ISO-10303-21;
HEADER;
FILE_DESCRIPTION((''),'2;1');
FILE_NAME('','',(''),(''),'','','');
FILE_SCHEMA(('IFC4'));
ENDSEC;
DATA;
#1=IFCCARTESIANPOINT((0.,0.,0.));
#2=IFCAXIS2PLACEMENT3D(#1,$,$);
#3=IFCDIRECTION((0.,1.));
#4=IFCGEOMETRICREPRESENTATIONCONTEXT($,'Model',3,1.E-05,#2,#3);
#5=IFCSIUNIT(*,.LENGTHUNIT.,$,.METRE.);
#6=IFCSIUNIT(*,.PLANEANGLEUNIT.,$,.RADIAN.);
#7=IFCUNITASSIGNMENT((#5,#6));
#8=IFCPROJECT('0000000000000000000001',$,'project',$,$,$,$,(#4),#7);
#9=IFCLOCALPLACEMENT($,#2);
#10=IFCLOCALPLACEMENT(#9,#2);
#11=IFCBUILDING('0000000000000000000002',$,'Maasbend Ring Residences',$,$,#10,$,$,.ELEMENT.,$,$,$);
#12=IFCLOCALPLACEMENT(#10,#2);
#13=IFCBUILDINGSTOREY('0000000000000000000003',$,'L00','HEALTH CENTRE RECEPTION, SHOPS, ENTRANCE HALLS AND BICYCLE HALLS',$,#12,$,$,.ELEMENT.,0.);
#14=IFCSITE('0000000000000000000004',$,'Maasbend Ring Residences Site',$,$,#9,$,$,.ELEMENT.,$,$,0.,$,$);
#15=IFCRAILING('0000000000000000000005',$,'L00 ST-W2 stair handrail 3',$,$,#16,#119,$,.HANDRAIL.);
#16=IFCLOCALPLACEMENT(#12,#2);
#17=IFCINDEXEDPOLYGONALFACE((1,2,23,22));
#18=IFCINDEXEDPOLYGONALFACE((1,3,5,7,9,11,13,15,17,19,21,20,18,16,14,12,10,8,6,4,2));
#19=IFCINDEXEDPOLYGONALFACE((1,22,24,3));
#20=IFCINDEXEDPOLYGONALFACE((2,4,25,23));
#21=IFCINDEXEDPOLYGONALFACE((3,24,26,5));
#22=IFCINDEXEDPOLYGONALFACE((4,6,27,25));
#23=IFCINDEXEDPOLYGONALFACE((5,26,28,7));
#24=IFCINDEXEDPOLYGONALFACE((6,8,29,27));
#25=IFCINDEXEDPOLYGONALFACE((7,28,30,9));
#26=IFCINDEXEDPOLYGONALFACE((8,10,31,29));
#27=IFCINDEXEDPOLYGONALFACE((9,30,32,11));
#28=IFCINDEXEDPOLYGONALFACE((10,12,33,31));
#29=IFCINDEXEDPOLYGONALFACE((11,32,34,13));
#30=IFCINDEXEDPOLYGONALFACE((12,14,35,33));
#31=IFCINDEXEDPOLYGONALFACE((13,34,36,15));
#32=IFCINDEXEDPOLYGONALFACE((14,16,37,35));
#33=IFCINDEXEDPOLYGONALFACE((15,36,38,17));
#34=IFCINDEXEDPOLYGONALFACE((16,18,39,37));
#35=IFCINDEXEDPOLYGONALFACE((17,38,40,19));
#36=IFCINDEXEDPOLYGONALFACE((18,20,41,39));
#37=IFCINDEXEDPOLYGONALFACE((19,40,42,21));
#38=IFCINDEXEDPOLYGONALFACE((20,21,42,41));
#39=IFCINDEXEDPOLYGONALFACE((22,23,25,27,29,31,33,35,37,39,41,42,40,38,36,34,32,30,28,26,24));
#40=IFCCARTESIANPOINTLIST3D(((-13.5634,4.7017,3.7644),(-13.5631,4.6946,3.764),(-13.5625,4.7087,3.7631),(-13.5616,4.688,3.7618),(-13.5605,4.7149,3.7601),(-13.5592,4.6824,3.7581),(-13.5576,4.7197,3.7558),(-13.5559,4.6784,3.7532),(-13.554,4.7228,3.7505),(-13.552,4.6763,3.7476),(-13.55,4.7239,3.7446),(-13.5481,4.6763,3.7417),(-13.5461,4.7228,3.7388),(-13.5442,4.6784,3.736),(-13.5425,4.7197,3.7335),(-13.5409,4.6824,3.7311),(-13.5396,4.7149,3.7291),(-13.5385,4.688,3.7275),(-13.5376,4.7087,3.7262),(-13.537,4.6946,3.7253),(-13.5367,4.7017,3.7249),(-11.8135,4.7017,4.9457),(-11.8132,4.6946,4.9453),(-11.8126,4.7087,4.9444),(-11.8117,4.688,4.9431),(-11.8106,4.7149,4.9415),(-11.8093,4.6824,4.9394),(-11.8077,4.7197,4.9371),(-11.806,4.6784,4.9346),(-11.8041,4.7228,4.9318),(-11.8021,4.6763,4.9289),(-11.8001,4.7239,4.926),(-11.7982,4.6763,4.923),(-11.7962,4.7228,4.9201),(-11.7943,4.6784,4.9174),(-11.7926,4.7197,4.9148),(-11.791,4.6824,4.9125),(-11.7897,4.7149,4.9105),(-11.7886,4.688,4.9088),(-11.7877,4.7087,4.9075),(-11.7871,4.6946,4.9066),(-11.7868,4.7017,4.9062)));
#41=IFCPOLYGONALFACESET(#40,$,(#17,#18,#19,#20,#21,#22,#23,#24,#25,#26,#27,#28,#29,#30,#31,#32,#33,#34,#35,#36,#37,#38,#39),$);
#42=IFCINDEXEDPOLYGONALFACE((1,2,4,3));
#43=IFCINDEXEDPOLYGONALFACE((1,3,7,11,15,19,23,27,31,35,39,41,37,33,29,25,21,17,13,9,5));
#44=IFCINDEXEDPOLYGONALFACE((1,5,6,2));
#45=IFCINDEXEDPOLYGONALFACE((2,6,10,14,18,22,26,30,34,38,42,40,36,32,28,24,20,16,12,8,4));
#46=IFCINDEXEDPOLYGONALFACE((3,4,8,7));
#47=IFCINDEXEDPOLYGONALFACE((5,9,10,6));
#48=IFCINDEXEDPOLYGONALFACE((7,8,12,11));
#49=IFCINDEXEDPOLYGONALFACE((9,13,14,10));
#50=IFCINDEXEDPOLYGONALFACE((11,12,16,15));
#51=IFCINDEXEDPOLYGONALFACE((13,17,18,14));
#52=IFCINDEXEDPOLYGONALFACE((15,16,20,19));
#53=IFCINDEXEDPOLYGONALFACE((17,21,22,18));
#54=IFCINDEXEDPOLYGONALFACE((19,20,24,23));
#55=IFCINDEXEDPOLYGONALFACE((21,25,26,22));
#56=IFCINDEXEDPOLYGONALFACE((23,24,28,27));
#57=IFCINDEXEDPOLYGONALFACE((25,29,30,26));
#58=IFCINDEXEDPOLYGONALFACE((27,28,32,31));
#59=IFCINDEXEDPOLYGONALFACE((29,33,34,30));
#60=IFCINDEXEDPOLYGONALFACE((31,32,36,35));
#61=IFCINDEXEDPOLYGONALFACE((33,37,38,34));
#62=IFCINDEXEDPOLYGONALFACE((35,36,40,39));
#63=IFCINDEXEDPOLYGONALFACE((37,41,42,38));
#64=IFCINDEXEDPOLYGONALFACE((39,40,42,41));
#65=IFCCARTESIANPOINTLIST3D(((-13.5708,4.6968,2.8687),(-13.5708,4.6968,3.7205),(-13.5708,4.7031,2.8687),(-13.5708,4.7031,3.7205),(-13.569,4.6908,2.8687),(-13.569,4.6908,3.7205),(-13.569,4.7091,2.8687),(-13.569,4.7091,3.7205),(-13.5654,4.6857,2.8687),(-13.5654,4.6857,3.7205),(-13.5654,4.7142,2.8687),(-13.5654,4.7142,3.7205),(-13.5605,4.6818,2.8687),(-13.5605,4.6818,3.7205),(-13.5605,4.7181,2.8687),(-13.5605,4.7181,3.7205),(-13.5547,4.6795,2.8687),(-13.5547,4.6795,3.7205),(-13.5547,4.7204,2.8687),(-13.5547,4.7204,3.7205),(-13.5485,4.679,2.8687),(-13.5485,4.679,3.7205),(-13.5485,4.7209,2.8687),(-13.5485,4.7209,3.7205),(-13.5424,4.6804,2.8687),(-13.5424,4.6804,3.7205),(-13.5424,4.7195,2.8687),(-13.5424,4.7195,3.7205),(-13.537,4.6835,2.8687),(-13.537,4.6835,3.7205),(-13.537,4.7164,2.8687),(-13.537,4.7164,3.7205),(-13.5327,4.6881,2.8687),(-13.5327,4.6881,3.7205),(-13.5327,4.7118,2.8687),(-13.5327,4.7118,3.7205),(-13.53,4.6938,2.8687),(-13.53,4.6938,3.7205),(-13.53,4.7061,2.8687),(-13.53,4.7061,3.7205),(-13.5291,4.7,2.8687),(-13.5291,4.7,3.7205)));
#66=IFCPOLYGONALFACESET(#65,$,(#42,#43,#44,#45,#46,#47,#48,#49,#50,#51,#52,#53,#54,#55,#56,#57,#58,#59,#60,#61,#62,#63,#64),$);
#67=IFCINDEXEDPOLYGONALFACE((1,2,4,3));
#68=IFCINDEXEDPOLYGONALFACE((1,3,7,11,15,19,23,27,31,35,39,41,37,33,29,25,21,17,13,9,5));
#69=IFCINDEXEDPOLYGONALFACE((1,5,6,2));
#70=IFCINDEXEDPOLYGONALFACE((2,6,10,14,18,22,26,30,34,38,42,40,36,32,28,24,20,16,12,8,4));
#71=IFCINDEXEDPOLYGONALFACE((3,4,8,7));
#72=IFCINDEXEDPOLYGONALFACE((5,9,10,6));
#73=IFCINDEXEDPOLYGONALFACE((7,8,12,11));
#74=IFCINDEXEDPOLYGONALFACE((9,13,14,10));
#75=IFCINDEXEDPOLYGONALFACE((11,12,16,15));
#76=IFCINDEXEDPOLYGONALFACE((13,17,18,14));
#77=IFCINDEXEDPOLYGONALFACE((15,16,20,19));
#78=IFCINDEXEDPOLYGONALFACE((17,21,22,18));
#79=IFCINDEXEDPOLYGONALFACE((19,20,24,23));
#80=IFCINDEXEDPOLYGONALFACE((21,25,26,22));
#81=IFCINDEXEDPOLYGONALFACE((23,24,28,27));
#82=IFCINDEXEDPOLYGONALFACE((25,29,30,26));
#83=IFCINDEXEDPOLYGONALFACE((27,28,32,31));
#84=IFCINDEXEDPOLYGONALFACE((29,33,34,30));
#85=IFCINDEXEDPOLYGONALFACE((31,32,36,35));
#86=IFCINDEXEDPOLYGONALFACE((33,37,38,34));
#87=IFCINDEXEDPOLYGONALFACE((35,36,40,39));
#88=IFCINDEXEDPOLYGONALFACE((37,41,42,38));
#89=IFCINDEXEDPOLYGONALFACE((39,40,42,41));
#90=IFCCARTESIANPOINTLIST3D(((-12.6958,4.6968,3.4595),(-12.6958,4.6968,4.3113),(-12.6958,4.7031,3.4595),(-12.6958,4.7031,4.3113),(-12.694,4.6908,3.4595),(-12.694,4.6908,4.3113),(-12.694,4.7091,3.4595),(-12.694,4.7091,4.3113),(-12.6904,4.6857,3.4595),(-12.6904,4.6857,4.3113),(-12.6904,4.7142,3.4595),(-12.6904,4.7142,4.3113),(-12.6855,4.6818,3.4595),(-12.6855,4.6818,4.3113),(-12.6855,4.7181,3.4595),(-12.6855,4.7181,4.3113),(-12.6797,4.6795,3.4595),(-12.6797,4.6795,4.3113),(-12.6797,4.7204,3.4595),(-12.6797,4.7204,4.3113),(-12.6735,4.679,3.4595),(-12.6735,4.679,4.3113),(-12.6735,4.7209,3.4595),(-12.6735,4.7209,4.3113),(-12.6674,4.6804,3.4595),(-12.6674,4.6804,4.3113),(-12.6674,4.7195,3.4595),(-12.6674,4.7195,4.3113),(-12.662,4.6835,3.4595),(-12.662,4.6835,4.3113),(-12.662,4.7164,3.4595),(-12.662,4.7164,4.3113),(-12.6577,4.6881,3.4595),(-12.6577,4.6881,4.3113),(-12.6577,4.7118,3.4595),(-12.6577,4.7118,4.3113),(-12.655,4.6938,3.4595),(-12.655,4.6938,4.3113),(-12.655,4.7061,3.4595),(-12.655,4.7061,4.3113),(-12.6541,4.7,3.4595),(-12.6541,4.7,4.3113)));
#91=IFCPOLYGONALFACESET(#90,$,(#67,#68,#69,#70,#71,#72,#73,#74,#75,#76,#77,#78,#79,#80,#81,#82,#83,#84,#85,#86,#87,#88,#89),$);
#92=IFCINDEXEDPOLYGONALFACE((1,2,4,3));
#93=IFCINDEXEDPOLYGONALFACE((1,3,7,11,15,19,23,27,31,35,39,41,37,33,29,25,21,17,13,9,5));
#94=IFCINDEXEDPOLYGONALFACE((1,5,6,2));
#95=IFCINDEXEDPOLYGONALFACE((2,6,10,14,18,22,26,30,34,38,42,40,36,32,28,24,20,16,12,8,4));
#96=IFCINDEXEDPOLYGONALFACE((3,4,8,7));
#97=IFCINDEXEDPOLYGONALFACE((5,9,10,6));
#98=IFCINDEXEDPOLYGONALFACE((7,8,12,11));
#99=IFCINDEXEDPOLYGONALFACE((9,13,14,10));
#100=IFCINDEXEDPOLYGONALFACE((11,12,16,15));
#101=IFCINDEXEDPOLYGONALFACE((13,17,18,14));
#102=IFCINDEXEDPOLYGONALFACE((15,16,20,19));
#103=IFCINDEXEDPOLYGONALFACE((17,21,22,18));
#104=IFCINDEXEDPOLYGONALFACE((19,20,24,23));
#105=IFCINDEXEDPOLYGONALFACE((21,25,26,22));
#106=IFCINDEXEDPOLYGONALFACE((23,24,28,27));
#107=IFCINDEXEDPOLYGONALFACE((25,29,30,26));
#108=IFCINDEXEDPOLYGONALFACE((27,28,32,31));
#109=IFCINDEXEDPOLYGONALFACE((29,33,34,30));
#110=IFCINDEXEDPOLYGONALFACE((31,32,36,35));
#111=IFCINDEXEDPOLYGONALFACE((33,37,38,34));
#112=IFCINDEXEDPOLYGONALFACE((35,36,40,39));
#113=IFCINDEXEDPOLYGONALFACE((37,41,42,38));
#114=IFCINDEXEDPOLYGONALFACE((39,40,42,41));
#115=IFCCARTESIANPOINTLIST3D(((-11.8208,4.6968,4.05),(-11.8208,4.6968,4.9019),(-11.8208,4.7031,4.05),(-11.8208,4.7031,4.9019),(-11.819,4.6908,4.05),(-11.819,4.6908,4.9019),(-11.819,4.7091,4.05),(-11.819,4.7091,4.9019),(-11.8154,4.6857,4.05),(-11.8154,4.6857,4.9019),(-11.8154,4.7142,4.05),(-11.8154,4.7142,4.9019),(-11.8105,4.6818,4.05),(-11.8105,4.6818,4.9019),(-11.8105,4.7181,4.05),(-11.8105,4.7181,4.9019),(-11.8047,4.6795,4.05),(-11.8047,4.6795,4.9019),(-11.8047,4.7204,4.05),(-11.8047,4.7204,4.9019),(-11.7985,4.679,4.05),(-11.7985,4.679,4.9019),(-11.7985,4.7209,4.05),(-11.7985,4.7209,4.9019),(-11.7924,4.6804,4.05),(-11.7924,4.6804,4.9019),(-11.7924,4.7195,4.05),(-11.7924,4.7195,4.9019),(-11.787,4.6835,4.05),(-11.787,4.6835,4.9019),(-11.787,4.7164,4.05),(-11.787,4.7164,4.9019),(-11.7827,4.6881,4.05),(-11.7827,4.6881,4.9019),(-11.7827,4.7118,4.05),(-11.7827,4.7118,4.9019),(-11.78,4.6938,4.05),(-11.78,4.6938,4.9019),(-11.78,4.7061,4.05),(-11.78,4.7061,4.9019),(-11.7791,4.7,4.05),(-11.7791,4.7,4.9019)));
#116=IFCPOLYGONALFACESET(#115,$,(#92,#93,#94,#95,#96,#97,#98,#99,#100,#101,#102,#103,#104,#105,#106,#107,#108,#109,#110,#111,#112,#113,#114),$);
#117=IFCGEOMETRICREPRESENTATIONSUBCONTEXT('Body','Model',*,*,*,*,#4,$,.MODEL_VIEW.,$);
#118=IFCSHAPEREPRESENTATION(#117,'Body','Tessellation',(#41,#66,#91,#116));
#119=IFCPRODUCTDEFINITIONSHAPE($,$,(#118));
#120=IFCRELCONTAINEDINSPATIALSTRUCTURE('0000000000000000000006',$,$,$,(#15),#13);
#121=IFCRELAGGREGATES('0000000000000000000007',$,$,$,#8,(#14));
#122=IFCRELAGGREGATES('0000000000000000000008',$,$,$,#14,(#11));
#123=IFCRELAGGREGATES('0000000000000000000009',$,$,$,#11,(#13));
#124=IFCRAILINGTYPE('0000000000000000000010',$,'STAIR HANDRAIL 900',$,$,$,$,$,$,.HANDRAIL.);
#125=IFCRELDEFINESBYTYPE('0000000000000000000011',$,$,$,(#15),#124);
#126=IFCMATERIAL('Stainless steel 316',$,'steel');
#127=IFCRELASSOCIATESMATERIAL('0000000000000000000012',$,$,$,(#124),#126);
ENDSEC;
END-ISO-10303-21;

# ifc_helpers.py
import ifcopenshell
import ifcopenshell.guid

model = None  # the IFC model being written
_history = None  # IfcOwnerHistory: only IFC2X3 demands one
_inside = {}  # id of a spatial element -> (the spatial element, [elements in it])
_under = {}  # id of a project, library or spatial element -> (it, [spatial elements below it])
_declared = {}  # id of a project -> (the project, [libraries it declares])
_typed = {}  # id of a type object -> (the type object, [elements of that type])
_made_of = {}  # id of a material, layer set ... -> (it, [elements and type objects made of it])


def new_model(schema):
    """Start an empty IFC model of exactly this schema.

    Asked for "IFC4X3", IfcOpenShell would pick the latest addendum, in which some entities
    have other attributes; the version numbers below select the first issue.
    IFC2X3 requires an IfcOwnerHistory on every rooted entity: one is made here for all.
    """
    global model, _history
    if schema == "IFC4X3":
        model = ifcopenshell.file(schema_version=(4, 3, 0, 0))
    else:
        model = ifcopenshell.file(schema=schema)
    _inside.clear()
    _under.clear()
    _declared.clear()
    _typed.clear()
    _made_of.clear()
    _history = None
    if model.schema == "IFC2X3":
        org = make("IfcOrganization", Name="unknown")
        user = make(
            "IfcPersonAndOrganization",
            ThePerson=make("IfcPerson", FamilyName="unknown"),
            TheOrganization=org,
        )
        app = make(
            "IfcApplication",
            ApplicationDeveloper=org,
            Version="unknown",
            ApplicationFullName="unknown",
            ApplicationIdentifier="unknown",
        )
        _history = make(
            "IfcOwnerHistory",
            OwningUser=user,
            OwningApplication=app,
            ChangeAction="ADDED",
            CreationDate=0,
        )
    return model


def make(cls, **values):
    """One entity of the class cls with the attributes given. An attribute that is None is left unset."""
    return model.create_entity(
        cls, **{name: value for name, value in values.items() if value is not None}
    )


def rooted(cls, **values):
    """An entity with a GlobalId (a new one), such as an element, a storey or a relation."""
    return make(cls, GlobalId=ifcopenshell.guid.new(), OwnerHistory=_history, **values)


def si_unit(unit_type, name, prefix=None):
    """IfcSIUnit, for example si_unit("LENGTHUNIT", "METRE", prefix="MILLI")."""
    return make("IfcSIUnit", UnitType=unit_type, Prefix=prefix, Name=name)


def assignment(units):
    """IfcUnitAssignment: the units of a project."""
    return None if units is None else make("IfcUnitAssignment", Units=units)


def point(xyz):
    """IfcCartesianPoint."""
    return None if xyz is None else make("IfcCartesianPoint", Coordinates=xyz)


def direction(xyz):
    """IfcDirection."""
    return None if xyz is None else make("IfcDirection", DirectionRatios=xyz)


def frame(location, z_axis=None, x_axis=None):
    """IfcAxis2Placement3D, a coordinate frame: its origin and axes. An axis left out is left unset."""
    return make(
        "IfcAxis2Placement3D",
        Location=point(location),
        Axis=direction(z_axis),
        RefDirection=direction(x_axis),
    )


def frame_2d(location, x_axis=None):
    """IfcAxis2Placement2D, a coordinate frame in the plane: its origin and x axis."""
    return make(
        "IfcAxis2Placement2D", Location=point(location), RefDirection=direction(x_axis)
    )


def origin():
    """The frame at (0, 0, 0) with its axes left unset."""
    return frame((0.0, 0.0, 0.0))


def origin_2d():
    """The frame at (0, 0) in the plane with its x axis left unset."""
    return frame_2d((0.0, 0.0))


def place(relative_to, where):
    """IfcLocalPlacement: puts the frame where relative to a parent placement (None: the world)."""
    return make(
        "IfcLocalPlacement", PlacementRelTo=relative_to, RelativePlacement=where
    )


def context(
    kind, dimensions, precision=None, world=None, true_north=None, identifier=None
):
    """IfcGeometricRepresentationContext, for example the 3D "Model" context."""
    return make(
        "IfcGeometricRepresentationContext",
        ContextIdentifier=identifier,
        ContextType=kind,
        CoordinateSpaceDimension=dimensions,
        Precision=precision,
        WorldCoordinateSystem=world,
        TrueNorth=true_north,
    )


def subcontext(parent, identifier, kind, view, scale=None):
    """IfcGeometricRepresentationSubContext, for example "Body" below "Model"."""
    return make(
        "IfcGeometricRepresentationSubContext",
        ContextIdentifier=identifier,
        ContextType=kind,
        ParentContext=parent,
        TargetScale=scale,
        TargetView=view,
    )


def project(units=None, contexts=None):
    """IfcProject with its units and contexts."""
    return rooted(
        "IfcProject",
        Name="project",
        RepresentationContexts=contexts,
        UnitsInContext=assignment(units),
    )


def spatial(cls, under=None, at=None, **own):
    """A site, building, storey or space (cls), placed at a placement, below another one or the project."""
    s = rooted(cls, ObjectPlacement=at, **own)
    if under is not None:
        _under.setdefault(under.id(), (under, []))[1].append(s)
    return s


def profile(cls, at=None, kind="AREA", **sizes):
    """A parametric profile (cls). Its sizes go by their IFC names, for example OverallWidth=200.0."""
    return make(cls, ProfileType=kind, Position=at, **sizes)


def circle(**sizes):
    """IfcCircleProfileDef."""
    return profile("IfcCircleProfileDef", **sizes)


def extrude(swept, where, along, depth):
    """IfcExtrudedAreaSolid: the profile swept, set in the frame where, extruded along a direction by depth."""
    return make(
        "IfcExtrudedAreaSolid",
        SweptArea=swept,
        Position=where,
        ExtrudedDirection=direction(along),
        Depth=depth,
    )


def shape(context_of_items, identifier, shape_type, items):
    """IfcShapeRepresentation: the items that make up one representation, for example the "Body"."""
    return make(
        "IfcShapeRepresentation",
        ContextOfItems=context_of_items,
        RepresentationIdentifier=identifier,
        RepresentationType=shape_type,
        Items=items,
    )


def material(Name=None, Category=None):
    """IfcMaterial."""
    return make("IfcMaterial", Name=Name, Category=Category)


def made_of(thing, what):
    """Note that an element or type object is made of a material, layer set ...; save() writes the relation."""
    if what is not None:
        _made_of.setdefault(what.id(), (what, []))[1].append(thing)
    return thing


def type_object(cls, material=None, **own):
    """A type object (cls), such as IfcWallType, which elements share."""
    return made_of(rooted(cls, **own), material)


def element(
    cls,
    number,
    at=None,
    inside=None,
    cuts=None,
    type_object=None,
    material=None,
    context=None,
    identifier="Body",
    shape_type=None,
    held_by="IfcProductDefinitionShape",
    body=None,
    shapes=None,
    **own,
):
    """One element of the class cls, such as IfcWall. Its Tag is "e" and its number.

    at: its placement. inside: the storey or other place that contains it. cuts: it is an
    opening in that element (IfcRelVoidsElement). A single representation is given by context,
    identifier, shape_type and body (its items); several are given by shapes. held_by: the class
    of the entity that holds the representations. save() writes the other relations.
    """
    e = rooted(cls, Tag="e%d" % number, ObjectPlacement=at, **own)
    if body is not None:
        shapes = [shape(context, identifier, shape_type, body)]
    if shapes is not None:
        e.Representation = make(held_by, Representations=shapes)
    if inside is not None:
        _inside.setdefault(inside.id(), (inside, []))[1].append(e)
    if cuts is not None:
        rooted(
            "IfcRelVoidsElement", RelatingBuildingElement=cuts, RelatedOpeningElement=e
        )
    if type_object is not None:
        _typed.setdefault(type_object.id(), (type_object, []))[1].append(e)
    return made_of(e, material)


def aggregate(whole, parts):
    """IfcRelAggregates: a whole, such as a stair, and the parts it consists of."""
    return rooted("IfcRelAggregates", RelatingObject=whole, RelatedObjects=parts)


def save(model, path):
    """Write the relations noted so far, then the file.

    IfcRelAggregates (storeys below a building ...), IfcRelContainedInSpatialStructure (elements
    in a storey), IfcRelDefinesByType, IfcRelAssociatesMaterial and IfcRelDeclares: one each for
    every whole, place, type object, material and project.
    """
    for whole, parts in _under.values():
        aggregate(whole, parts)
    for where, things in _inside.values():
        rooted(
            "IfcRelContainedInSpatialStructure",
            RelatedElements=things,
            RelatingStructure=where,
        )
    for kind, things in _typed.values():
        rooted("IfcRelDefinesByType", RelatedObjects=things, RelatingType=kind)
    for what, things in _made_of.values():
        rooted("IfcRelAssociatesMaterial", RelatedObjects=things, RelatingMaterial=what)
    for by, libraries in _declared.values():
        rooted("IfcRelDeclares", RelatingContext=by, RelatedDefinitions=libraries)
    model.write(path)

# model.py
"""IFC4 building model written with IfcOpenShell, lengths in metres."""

from ifc_helpers import new_model, si_unit, direction, frame, origin, origin_2d, place, context, subcontext, project, spatial, circle, extrude, material, type_object, element, save


model = new_model("IFC4")

# Units and contexts
model_context = context("Model", 3, precision=1e-05, world=origin(), true_north=direction((0.0, 1.0)))
body_context = subcontext(model_context, "Body", "Model", "MODEL_VIEW")
ifc_project = project(units=[si_unit("LENGTHUNIT", "METRE"), si_unit("PLANEANGLEUNIT", "RADIAN")], contexts=[model_context])

# Site, building, storey
site_placement = place(None, origin())
site = spatial("IfcSite", under=ifc_project, at=site_placement, Name="Maasbend Ring Residences Site", CompositionType="ELEMENT", RefElevation=0.0)
building_placement = place(site_placement, origin())
building = spatial("IfcBuilding", under=site, at=building_placement, Name="Maasbend Ring Residences", CompositionType="ELEMENT")
storey_placement = place(building_placement, origin())
storey = spatial("IfcBuildingStorey", under=building, at=storey_placement, Name="L00", Description="HEALTH CENTRE RECEPTION, SHOPS, ENTRANCE HALLS AND BICYCLE HALLS", CompositionType="ELEMENT", Elevation=0.0)

# Railing
ifc_material_1 = material(Name="Stainless steel 316", Category="steel")
railing_type = type_object("IfcRailingType", Name="STAIR HANDRAIL 900", PredefinedType="HANDRAIL", material=ifc_material_1)
railing_1_placement = place(storey_placement, frame((-13.55, 4.7, 2.8687)))
element("IfcRailing", 1, at=railing_1_placement, inside=storey, type_object=railing_type, Name="L00 ST-W2 stair handrail 3", PredefinedType="HANDRAIL", context=body_context, shape_type="SweptSolid", body=[
    extrude(circle(Radius=0.0239, at=origin_2d()), frame((0.0, 0.0, 0.876), z_axis=(0.828817, 0.0, 0.559521), x_axis=(0.0, 1.0, 0.0)), (0.0, 0.0, 1.0), 2.1113),
    extrude(circle(Radius=0.021, at=origin_2d()), origin(), (0.0, 0.0, 1.0), 0.8518),
    extrude(circle(Radius=0.021, at=origin_2d()), frame((0.875, 0.0, 0.5908)), (0.0, 0.0, 1.0), 0.8518),
    extrude(circle(Radius=0.021, at=origin_2d()), frame((1.75, 0.0, 1.1814)), (0.0, 0.0, 1.0), 0.8518),
])

save(model, "model.ifc")
